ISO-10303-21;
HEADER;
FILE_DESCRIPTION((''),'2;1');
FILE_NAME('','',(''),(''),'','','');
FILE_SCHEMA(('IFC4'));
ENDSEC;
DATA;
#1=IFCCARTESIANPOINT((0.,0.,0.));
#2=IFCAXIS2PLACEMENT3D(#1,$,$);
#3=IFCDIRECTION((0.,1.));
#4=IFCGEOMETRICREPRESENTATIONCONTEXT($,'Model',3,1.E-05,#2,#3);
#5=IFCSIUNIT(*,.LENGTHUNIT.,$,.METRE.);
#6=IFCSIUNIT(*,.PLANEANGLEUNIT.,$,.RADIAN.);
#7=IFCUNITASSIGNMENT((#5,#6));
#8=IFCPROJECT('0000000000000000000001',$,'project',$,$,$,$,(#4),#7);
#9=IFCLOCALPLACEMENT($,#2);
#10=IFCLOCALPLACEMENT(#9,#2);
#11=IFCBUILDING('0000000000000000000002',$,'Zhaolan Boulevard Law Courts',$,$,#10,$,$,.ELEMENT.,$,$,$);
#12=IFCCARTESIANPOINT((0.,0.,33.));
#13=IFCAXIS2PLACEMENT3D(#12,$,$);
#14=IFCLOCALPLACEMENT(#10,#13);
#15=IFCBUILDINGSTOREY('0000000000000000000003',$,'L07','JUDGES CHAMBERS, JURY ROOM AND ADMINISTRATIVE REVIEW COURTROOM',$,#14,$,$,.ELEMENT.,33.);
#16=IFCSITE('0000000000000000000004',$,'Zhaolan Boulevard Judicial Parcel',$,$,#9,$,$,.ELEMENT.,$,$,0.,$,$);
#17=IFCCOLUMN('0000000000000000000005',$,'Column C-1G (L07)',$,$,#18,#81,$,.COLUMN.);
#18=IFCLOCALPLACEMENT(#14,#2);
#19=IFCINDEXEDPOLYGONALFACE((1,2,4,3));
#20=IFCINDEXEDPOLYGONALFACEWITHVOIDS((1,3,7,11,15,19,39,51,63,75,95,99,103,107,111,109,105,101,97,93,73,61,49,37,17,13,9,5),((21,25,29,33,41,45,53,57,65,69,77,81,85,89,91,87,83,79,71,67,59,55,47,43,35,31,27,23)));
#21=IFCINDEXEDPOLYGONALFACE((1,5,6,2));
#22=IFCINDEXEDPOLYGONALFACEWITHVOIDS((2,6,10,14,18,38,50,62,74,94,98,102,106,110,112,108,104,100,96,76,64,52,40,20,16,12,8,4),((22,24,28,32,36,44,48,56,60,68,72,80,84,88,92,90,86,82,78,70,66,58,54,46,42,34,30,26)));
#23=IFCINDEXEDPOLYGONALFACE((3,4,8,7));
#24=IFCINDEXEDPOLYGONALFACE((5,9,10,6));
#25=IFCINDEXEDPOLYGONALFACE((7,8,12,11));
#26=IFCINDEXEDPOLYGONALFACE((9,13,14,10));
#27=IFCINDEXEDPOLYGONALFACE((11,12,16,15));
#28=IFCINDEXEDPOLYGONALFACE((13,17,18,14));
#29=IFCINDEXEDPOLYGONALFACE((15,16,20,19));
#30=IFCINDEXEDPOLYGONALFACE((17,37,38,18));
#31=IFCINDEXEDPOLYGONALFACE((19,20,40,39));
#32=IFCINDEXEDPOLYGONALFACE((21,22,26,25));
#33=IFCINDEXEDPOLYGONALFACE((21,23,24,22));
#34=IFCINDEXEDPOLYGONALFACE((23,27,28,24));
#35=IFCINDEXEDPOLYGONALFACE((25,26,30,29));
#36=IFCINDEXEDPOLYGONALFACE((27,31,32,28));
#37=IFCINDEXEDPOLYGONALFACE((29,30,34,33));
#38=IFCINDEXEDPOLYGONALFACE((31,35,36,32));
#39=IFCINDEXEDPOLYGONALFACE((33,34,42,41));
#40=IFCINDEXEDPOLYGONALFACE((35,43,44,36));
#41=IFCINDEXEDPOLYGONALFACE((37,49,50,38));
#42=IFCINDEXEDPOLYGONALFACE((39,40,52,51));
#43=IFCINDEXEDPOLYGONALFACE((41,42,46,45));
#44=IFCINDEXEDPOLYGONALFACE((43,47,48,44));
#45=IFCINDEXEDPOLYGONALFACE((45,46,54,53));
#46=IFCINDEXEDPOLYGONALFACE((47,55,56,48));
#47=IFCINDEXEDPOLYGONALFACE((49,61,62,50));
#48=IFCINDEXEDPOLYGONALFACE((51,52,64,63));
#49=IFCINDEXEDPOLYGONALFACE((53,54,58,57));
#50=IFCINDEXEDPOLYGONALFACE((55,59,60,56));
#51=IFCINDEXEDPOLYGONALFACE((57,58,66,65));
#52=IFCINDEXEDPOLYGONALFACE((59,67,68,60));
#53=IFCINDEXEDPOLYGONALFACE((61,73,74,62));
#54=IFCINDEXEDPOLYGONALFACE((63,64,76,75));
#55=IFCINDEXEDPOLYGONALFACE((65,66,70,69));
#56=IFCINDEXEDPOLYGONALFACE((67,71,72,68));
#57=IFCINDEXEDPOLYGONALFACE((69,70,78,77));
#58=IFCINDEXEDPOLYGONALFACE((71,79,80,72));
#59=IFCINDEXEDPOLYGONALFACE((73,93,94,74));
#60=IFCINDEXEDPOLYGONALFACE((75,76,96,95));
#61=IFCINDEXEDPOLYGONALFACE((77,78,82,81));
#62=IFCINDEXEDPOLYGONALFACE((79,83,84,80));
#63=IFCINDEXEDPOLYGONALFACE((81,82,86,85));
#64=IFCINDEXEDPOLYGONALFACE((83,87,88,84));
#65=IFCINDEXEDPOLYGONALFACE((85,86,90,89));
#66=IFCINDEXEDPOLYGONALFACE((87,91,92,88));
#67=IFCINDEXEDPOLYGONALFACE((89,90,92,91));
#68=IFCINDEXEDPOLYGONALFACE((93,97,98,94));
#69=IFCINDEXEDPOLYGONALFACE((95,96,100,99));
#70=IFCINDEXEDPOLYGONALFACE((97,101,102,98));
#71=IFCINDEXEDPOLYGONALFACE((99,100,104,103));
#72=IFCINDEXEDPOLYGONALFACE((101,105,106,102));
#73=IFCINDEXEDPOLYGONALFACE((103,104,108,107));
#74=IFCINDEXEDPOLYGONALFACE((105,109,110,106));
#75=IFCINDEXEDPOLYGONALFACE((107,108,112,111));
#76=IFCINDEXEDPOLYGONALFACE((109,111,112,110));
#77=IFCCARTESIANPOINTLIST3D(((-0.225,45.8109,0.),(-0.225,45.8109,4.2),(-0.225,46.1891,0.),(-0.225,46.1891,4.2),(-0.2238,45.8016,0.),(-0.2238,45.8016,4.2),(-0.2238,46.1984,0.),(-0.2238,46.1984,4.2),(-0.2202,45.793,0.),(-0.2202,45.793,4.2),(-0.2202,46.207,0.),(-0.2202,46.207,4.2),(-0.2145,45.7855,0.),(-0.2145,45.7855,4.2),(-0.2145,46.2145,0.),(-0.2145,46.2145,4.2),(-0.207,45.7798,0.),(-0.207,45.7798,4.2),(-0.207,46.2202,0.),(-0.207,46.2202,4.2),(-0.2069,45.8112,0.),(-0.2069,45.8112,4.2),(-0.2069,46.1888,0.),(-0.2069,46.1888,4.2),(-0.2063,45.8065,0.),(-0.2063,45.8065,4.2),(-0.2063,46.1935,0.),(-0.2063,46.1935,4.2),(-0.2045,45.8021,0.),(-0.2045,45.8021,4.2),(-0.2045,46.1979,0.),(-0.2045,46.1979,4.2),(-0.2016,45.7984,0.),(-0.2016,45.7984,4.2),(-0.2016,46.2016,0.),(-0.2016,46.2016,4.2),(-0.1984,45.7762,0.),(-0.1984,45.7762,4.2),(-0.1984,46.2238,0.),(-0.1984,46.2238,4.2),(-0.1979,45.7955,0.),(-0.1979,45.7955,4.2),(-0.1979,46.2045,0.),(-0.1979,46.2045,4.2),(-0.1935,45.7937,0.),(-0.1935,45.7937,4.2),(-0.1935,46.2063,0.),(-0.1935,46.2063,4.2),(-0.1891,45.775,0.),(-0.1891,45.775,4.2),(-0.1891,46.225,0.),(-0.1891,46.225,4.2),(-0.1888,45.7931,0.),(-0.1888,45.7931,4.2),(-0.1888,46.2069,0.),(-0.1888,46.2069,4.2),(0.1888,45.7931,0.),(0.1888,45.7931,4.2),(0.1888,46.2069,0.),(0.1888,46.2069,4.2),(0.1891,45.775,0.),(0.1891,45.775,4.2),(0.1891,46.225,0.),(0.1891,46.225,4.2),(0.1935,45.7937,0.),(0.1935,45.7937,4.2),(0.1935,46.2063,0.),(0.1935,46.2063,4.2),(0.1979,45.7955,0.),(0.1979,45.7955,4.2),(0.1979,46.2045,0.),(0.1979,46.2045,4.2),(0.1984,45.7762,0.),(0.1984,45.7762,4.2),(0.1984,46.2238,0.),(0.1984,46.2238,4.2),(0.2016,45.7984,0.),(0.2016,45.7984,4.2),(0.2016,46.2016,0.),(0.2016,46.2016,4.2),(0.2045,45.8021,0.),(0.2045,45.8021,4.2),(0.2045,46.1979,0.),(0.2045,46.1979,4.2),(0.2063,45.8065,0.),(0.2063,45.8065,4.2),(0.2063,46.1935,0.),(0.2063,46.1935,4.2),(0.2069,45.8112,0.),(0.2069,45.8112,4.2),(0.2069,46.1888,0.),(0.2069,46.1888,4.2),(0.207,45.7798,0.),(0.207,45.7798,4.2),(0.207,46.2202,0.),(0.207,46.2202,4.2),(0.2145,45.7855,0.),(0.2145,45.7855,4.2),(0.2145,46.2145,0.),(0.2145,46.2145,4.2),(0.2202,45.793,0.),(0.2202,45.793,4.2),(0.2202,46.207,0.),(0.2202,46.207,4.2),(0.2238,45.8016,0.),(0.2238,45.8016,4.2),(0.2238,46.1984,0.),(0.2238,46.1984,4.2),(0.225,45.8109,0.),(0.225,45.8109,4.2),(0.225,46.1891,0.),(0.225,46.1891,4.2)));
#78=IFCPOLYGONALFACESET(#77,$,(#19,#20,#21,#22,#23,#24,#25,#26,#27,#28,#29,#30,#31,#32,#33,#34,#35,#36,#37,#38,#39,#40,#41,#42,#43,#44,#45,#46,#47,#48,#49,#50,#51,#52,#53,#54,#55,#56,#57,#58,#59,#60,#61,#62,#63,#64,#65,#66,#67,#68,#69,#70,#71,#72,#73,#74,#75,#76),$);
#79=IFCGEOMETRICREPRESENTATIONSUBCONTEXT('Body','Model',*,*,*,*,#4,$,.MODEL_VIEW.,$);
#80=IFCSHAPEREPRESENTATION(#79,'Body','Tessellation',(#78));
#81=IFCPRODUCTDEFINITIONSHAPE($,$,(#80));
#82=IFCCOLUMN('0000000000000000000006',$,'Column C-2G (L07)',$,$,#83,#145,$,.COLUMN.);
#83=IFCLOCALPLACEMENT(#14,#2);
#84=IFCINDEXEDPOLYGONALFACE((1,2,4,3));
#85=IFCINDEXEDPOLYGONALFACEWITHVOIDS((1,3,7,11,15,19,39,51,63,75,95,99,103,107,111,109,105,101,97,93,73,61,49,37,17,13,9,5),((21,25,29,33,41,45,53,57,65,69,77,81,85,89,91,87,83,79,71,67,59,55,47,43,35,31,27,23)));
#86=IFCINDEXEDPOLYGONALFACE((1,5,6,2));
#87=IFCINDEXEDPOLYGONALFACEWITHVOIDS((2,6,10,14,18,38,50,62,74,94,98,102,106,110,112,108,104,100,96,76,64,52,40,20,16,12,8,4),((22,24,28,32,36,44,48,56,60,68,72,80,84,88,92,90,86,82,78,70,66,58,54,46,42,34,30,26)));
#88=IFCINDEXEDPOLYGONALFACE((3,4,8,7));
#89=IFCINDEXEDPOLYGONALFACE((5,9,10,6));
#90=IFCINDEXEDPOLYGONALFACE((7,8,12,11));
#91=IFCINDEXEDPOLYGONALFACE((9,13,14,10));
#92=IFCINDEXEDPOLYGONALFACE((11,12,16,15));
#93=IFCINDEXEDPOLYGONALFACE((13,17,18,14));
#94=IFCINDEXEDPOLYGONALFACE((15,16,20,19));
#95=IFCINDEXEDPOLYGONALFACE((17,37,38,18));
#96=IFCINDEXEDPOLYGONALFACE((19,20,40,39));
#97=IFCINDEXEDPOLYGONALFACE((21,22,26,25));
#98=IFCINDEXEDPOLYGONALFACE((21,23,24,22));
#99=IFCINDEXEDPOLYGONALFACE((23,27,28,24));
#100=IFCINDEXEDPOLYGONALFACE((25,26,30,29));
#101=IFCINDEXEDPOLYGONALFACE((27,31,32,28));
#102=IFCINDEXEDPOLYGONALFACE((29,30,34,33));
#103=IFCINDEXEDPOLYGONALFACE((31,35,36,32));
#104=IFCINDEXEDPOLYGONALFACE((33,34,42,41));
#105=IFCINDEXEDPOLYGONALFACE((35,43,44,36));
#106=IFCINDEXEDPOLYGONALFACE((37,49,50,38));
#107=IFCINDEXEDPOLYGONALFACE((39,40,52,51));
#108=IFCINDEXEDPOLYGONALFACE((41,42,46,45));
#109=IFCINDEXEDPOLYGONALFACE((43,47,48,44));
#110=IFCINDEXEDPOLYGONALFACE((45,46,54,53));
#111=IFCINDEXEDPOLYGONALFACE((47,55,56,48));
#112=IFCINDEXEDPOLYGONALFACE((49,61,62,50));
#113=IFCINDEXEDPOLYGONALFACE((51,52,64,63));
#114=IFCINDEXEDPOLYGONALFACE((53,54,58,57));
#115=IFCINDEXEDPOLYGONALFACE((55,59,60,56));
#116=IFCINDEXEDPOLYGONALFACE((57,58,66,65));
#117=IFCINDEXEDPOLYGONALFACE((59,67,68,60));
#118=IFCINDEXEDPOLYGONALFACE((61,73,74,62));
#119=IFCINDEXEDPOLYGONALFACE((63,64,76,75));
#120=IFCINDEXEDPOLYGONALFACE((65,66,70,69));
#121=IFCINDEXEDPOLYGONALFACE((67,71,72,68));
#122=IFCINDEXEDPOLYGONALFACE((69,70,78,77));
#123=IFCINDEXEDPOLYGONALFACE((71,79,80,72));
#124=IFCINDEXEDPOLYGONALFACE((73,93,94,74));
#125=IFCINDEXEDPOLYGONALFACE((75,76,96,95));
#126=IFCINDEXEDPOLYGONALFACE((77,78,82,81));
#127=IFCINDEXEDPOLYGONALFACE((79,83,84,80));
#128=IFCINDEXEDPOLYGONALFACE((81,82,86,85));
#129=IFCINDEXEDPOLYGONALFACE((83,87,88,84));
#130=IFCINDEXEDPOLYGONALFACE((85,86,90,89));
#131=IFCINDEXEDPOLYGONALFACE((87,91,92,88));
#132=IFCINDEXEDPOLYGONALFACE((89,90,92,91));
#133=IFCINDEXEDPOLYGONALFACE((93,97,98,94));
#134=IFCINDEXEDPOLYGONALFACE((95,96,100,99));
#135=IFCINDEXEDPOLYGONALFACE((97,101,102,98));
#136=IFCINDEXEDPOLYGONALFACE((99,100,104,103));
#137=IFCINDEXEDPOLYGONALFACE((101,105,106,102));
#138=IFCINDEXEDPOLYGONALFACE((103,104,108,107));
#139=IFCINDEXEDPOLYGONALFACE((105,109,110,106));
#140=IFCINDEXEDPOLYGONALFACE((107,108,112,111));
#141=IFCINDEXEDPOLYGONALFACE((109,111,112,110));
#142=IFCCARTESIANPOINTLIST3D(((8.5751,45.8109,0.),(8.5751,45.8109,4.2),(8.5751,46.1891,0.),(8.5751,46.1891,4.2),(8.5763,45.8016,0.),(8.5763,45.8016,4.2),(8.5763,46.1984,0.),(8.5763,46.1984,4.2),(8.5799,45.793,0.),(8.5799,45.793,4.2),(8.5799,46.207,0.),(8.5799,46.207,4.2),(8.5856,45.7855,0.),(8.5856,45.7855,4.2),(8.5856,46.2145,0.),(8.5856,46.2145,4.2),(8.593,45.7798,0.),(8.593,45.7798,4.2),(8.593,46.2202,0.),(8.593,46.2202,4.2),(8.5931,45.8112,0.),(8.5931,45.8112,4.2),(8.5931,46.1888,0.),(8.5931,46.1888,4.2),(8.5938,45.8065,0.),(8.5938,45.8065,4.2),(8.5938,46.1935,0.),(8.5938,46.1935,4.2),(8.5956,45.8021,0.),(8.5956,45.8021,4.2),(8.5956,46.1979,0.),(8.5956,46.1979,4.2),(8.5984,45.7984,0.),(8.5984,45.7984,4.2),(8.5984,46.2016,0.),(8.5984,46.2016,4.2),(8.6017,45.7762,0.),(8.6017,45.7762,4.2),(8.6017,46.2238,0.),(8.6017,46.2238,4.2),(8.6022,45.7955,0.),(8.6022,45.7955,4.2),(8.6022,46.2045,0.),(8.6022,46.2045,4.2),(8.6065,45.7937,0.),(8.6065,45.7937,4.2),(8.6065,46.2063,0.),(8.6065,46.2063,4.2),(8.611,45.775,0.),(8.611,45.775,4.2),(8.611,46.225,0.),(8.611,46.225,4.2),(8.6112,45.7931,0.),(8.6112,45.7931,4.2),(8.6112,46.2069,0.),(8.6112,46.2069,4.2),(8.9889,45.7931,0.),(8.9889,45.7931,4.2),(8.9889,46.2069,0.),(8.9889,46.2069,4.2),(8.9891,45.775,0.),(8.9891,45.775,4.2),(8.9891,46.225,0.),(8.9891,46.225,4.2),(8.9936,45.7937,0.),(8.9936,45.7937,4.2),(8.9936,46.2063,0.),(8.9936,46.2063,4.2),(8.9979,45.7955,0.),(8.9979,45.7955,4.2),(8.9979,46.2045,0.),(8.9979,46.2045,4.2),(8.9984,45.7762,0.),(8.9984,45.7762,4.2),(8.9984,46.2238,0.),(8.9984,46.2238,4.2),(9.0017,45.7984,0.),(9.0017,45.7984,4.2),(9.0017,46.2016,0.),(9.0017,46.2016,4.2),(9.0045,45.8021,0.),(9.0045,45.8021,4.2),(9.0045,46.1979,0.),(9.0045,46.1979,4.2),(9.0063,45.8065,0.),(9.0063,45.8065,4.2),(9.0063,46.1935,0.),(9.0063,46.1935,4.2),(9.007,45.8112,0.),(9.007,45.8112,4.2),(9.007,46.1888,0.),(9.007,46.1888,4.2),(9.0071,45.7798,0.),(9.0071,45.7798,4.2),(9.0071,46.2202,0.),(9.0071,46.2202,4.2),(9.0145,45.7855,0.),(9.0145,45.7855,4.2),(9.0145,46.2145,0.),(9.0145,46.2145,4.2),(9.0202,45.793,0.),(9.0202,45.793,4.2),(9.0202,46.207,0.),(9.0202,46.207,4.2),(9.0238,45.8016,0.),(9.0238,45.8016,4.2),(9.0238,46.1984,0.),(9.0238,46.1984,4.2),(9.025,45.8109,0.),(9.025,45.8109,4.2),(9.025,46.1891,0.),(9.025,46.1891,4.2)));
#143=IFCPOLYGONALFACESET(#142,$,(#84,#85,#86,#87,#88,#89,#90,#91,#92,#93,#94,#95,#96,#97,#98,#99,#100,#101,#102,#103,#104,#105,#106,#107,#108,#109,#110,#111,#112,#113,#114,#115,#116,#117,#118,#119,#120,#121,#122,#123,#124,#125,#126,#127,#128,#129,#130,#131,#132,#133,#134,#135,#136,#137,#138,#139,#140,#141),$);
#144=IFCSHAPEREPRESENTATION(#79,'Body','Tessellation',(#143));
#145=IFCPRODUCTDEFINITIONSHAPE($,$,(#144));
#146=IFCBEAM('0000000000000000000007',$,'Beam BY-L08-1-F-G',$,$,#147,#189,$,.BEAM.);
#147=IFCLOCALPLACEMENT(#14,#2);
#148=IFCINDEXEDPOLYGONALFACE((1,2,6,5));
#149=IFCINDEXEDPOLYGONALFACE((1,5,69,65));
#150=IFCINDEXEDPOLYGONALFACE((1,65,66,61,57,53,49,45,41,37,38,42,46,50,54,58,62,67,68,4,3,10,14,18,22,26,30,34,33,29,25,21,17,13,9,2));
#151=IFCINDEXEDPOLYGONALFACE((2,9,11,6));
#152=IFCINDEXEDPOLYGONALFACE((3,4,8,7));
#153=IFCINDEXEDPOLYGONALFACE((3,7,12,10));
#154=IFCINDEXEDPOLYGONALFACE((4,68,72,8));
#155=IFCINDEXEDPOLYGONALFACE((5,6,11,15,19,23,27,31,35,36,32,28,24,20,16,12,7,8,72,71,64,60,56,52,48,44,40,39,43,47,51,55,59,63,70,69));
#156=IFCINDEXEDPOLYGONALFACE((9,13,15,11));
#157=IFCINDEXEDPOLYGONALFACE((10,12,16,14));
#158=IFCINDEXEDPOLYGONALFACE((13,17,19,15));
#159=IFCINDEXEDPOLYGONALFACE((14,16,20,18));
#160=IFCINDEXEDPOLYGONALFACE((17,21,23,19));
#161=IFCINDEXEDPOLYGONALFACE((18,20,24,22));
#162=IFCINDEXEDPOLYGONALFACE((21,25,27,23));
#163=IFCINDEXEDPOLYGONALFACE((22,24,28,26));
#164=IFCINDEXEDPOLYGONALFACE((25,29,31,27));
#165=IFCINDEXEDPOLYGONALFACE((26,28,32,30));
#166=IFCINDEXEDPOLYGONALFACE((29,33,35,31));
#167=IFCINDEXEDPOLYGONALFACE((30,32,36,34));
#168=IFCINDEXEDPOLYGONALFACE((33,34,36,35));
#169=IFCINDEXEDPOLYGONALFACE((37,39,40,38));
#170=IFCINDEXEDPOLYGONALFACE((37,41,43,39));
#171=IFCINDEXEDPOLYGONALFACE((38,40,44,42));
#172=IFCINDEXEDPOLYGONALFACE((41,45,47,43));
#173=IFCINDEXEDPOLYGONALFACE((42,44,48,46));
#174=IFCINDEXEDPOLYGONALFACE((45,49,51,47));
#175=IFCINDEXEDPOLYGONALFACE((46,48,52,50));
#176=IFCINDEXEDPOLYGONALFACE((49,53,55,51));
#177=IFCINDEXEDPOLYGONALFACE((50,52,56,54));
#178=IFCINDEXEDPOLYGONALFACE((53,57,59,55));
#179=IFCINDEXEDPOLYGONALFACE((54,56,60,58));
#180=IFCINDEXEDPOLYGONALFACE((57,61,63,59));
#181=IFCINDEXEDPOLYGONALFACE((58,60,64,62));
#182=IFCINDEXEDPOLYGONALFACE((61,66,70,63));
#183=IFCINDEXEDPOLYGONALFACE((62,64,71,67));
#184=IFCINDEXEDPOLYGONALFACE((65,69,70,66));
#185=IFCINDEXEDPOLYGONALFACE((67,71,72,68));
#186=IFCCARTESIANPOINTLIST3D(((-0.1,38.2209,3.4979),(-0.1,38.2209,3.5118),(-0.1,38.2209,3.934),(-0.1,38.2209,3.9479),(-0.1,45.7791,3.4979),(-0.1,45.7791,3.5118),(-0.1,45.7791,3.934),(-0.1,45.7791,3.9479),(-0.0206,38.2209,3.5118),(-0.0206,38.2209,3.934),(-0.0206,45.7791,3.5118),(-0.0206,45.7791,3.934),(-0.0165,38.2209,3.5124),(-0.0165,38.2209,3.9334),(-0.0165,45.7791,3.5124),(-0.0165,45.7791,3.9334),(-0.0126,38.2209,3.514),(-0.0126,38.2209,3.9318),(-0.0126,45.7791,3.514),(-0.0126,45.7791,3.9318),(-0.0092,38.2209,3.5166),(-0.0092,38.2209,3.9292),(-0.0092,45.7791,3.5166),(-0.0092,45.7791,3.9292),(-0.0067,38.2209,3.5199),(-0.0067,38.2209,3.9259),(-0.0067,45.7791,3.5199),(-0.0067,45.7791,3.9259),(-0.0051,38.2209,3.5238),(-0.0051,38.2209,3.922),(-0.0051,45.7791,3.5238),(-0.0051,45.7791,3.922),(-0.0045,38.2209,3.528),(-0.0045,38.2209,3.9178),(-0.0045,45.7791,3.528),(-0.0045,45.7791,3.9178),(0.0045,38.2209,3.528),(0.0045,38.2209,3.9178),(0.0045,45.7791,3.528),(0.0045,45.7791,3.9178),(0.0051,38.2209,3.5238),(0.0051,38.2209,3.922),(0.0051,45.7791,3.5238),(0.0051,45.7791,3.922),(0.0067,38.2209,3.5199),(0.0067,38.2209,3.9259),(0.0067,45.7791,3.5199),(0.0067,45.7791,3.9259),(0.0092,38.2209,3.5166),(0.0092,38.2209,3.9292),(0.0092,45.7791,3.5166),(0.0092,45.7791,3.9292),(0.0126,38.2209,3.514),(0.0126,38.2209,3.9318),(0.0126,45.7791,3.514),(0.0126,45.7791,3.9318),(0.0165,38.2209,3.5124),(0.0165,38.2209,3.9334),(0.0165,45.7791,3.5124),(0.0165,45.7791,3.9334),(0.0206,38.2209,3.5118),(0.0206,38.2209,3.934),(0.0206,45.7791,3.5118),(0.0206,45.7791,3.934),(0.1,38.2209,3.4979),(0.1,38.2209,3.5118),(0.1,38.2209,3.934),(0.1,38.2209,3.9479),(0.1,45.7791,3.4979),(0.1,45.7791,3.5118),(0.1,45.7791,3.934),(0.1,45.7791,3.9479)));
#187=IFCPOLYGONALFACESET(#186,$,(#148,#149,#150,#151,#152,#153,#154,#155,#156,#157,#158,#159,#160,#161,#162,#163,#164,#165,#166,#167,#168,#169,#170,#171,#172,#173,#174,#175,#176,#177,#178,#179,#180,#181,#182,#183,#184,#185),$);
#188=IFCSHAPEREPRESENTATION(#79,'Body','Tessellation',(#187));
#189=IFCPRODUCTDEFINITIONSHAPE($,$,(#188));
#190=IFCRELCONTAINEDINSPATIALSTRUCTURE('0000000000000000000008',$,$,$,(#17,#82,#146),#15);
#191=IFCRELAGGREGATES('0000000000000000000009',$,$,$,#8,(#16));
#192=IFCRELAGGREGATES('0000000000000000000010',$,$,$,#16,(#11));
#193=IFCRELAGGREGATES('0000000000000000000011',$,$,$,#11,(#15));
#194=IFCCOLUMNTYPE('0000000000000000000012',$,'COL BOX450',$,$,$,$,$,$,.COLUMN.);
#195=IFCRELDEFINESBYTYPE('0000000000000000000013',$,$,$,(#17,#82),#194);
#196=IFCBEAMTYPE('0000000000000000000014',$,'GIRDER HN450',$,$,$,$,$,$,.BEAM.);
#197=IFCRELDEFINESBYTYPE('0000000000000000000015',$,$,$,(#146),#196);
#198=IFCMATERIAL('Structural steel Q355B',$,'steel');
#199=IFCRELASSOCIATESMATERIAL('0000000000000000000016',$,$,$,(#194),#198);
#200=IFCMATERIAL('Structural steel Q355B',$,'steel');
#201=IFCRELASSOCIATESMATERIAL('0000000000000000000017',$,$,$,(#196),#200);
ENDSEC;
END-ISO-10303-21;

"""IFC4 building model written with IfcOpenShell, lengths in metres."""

from ifc_helpers import new_model, si_unit, direction, frame, origin, origin_2d, place, context, subcontext, project, spatial, hollow_rectangle, i_section, extrude, material, material_profile, profile_set, type_object, element, save


model = new_model("IFC4")

# Units and contexts
model_context = context("Model", 3, precision=1e-05, world=origin(), true_north=direction((0.0, 1.0)))
body_context = subcontext(model_context, "Body", "Model", "MODEL_VIEW")
ifc_project = project(units=[si_unit("LENGTHUNIT", "METRE"), si_unit("PLANEANGLEUNIT", "RADIAN")], contexts=[model_context])

# Site, building, storey
site_placement = place(None, origin())
site = spatial("IfcSite", under=ifc_project, at=site_placement, Name="Zhaolan Boulevard Judicial Parcel", CompositionType="ELEMENT", RefElevation=0.0)
building_placement = place(site_placement, origin())
building = spatial("IfcBuilding", under=site, at=building_placement, Name="Zhaolan Boulevard Law Courts", CompositionType="ELEMENT")
storey_placement = place(building_placement, frame((0.0, 0.0, 33.0)))
storey = spatial("IfcBuildingStorey", under=building, at=storey_placement, Name="L07", Description="JUDGES CHAMBERS, JURY ROOM AND ADMINISTRATIVE REVIEW COURTROOM", CompositionType="ELEMENT", Elevation=33.0)

# Columns
ifc_material_1 = material(Name="Structural steel Q355B", Category="steel")
ifc_material_profile_1 = material_profile(ifc_material_1, hollow_rectangle(XDim=0.45, YDim=0.45, WallThickness=0.0181, InnerFilletRadius=0.0181, OuterFilletRadius=0.0359, at=origin_2d()), Name="BOX450x450x18")
ifc_profile_set_1 = profile_set([ifc_material_profile_1], Name="Structural steel Q355B")
column_type = type_object("IfcColumnType", Name="COL BOX450", PredefinedType="COLUMN", material=ifc_profile_set_1)
for number, where, z_axis, x_axis, name in (
    (1, (0.0, 46.0, 0.0), (0.0, 0.0, 1.0), (1.0, 0.0, 0.0), "Column C-1G (L07)"),
    (2, (8.8, 46.0, 0.0), (0.0, 0.0, 1.0), (1.0, 0.0, 0.0), "Column C-2G (L07)"),
):
    element("IfcColumn", number, at=place(storey_placement, frame(where, z_axis=z_axis, x_axis=x_axis)), inside=storey, type_object=column_type, Name=name, PredefinedType="COLUMN", context=body_context, shape_type="SweptSolid", body=[
        extrude(hollow_rectangle(XDim=0.45, YDim=0.45, WallThickness=0.0181, InnerFilletRadius=0.0181, OuterFilletRadius=0.0359, at=origin_2d()), origin(), (0.0, 0.0, 1.0), 4.2),
    ])

# Beam
ifc_material_2 = material(Name="Structural steel Q355B", Category="steel")
ifc_material_profile_2 = material_profile(ifc_material_2, i_section(OverallWidth=0.2, OverallDepth=0.45, WebThickness=0.009, FlangeThickness=0.0139, FilletRadius=0.0161, at=origin_2d()), Name="HN450x200")
ifc_profile_set_2 = profile_set([ifc_material_profile_2], Name="Structural steel Q355B")
beam_type_1 = type_object("IfcBeamType", Name="GIRDER HN450", PredefinedType="BEAM", material=ifc_profile_set_2)
for number, where, z_axis, x_axis, name in (
    (3, (0.0, 38.2209, 3.7229), (0.0, 1.0, 0.0), (-1.0, 0.0, 0.0), "Beam BY-L08-1-F-G"),
):
    element("IfcBeam", number, at=place(storey_placement, frame(where, z_axis=z_axis, x_axis=x_axis)), inside=storey, type_object=beam_type_1, Name=name, PredefinedType="BEAM", context=body_context, shape_type="SweptSolid", body=[
        extrude(i_section(OverallWidth=0.2, OverallDepth=0.45, WebThickness=0.009, FlangeThickness=0.0139, FilletRadius=0.0161, at=origin_2d()), origin(), (0.0, 0.0, 1.0), 7.5581),
    ])

save(model, "model.ifc")
